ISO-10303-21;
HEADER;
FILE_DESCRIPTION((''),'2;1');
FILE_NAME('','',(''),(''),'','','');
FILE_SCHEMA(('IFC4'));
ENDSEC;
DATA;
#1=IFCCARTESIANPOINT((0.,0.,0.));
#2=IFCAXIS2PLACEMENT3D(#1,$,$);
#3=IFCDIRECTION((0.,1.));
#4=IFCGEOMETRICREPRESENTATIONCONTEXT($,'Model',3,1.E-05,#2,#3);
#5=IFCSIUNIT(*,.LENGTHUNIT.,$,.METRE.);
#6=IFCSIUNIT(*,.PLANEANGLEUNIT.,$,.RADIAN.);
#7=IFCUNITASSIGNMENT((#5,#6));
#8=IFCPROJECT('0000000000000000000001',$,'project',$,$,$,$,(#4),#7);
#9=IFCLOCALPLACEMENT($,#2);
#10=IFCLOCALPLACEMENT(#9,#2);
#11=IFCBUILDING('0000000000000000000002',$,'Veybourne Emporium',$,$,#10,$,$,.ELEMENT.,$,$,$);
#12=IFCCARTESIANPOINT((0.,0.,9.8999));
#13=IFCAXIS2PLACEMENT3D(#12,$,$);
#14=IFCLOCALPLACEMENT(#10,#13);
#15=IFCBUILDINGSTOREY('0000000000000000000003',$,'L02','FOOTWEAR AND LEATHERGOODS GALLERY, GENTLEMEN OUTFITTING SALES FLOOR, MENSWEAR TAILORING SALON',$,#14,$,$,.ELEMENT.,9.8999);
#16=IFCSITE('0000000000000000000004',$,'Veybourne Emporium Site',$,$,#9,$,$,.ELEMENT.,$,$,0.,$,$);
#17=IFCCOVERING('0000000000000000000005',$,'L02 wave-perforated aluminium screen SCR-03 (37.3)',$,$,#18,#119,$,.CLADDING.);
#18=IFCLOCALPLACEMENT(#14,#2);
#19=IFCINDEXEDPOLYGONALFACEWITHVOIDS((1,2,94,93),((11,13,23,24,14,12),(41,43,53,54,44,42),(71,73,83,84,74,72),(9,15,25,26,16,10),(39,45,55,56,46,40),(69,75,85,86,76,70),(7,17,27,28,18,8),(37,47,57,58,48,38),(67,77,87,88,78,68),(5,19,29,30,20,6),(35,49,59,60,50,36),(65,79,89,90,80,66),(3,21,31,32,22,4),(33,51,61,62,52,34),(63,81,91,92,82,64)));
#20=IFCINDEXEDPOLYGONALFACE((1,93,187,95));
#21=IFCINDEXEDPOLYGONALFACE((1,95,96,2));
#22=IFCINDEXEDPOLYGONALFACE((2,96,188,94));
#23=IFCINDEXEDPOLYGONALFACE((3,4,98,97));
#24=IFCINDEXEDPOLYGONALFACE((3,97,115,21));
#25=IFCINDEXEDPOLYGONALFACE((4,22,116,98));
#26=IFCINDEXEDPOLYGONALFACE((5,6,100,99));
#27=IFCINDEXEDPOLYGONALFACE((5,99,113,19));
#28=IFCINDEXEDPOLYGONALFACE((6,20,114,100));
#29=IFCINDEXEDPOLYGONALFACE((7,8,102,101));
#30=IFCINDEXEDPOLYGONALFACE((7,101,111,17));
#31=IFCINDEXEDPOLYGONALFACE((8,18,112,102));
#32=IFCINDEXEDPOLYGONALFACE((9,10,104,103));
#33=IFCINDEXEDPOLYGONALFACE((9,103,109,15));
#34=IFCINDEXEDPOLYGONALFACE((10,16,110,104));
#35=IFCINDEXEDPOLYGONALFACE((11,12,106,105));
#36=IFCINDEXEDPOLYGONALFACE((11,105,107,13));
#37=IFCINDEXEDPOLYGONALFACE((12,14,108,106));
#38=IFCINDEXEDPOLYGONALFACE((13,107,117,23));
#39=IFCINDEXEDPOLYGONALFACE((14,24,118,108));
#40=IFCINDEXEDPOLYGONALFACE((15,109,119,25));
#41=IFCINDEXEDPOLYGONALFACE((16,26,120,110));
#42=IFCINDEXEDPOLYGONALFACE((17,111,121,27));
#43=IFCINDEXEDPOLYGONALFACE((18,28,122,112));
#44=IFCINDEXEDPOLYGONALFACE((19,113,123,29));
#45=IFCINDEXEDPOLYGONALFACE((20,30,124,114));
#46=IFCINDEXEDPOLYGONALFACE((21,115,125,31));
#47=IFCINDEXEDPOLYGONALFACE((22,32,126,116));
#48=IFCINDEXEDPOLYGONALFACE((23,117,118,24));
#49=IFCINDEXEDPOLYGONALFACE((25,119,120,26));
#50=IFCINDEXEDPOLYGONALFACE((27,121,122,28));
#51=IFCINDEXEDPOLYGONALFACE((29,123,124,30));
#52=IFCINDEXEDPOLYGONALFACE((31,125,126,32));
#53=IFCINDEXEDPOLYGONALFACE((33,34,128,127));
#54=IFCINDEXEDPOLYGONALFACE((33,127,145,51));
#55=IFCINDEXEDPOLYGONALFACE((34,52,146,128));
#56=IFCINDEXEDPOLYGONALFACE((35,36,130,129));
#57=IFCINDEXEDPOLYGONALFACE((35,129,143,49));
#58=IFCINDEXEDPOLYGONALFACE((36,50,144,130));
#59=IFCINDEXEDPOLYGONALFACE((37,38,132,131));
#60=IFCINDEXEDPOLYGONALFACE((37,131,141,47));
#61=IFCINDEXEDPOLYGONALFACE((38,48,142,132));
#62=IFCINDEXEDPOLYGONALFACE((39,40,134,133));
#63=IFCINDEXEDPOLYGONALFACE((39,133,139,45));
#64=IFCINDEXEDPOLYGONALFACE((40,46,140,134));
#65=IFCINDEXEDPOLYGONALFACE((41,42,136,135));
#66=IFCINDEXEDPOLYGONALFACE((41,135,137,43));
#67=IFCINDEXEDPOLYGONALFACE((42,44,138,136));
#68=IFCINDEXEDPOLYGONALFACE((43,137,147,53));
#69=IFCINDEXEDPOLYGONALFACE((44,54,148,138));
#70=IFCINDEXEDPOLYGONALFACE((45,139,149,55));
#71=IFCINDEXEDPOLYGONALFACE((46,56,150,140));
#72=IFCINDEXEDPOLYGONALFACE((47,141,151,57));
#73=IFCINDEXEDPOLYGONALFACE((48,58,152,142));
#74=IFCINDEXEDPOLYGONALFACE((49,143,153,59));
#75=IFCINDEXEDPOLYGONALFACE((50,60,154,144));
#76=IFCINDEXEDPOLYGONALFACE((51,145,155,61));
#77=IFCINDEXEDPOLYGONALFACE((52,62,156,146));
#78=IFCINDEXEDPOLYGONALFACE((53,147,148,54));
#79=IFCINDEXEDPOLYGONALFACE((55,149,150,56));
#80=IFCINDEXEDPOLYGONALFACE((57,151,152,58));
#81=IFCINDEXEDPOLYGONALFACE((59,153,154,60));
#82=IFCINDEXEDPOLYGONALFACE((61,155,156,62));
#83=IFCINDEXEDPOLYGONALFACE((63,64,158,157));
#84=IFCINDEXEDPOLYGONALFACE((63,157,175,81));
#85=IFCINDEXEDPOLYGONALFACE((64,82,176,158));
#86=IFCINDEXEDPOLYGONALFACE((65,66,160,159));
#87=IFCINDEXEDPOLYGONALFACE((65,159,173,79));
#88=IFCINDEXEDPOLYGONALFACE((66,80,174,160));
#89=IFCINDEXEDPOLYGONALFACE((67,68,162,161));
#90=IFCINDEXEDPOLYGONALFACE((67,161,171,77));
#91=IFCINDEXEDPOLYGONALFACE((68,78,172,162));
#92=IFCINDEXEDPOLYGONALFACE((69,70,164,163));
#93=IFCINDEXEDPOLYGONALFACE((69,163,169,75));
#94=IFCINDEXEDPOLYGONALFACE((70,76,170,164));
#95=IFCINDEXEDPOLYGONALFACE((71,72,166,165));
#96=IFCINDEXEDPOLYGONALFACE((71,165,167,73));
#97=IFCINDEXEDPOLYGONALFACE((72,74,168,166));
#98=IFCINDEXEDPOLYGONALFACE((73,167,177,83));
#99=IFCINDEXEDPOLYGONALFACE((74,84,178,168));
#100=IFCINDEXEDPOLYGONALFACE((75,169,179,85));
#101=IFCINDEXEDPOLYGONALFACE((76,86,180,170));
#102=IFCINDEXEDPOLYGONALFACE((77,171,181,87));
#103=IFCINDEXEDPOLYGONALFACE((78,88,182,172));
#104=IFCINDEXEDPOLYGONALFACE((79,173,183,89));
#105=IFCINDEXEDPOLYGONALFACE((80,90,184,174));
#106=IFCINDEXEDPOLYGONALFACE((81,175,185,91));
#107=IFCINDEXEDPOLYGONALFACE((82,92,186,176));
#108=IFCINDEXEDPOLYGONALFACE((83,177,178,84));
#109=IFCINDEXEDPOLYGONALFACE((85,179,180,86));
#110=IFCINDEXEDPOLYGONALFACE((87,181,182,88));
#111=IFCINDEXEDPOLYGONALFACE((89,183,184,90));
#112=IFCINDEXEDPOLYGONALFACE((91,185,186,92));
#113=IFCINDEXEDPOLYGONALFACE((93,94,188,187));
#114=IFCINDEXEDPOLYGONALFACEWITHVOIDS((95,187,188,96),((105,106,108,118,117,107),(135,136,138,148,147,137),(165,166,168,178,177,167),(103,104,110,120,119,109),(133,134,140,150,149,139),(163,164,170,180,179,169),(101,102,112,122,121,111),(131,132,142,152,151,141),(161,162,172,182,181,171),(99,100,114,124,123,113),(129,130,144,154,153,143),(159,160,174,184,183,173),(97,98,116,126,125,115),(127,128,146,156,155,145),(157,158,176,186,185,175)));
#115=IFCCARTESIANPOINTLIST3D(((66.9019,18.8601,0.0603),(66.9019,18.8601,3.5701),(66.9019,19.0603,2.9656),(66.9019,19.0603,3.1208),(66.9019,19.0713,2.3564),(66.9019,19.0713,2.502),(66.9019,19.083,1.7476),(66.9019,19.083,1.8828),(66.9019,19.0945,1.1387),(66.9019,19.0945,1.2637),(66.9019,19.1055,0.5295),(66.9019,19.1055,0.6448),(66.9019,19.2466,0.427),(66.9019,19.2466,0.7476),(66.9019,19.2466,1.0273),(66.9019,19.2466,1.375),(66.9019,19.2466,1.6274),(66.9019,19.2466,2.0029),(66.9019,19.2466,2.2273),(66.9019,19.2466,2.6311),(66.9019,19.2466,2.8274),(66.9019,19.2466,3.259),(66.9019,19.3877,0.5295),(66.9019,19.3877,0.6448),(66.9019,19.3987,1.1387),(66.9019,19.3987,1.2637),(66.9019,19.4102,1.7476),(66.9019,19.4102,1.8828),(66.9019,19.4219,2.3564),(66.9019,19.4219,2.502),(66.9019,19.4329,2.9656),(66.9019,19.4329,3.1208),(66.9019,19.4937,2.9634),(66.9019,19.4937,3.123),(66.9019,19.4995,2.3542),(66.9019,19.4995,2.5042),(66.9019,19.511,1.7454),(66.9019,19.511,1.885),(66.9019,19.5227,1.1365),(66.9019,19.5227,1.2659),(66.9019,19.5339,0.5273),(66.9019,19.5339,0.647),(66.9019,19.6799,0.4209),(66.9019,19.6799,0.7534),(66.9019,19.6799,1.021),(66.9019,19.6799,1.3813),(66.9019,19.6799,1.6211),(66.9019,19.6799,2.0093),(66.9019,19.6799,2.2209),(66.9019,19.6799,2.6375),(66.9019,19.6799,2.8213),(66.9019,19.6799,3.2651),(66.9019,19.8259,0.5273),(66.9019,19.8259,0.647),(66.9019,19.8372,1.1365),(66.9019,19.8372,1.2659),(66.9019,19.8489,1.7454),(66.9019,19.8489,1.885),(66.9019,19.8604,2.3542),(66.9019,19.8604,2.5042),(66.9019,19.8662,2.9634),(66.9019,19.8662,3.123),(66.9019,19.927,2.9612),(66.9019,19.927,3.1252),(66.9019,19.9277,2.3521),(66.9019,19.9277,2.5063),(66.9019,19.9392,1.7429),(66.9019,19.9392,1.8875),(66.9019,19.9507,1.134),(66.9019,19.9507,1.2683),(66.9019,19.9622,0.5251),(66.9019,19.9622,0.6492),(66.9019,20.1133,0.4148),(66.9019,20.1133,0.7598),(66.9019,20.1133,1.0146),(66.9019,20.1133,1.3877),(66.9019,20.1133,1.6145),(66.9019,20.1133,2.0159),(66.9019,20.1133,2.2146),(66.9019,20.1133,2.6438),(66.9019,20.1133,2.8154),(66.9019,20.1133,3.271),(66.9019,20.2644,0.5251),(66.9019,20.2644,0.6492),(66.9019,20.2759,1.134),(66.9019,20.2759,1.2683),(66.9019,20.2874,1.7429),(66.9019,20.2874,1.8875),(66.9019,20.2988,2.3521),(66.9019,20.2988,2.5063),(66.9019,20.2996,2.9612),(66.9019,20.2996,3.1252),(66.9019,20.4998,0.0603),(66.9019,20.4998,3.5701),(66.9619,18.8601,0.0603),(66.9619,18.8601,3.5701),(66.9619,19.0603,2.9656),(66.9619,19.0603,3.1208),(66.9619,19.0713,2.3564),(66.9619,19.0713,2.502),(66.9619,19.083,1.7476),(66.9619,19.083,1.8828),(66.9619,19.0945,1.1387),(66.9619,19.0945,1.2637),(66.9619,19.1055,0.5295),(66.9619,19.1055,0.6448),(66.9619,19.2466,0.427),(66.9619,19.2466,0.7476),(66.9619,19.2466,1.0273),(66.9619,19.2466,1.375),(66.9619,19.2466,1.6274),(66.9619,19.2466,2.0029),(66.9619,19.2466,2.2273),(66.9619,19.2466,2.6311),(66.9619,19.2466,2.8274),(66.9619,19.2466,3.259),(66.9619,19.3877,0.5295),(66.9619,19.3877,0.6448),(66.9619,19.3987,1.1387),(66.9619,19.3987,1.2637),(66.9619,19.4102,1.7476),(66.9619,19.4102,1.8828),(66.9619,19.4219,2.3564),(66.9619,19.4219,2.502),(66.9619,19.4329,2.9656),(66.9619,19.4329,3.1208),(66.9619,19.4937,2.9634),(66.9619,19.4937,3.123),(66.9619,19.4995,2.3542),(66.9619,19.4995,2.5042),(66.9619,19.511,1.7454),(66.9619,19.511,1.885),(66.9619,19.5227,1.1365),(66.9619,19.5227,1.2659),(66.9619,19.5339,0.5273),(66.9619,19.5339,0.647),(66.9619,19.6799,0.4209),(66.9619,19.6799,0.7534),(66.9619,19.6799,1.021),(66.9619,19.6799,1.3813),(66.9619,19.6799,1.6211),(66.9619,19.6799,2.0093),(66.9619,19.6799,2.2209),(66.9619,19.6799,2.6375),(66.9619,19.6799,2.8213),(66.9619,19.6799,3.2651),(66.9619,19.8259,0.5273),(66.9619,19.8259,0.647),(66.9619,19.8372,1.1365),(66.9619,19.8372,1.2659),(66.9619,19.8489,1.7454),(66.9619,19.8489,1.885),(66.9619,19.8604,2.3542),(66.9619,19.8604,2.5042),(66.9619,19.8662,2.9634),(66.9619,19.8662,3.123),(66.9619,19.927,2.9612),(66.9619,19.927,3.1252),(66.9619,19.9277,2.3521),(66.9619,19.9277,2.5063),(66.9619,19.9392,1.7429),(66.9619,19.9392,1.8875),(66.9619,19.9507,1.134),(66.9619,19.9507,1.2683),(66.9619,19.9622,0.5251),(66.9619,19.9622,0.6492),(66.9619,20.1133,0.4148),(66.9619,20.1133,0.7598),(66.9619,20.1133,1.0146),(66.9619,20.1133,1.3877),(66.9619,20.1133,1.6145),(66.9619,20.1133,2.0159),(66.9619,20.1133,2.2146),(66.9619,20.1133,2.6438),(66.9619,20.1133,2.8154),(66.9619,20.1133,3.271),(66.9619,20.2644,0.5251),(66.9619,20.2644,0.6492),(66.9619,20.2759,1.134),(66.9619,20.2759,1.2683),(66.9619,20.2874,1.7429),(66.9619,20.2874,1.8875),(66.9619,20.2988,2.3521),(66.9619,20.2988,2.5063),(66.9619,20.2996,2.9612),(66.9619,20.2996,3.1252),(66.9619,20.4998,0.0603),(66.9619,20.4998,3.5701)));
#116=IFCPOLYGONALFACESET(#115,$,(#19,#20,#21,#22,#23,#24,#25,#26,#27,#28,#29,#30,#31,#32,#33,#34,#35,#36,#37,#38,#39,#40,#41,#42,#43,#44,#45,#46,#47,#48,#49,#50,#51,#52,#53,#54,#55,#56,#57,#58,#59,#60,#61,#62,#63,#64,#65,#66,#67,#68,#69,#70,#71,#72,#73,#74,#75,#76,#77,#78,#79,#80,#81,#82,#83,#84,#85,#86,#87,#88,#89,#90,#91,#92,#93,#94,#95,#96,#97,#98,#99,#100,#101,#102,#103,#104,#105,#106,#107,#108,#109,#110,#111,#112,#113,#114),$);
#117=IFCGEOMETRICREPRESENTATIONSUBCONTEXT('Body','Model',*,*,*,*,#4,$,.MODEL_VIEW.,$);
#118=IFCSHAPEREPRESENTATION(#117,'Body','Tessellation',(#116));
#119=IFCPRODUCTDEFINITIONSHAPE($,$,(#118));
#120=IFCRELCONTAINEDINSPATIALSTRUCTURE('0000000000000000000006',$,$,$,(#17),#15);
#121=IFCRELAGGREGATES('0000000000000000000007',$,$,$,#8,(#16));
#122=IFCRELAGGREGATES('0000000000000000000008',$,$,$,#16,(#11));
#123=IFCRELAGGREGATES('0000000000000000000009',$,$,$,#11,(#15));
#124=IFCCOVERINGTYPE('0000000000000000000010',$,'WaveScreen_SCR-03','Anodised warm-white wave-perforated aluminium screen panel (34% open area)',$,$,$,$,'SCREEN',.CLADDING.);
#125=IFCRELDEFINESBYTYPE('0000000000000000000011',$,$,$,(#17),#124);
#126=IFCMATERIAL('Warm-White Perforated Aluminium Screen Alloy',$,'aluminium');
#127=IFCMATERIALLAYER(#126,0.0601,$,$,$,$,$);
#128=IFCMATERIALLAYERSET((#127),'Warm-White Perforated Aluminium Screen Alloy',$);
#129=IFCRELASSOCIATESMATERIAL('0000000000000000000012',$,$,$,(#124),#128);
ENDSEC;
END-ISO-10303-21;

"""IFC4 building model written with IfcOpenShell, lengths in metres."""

from ifc_helpers import new_model, si_unit, direction, frame, origin, place, context, subcontext, project, spatial, polyline, outline, extrude, material, layer, layer_set, type_object, element, save


model = new_model("IFC4")

# Units and contexts
model_context = context("Model", 3, precision=1e-05, world=origin(), true_north=direction((0.0, 1.0)))
body_context = subcontext(model_context, "Body", "Model", "MODEL_VIEW")
ifc_project = project(units=[si_unit("LENGTHUNIT", "METRE"), si_unit("PLANEANGLEUNIT", "RADIAN")], contexts=[model_context])

# Site, building, storey
site_placement = place(None, origin())
site = spatial("IfcSite", under=ifc_project, at=site_placement, Name="Veybourne Emporium Site", CompositionType="ELEMENT", RefElevation=0.0)
building_placement = place(site_placement, origin())
building = spatial("IfcBuilding", under=site, at=building_placement, Name="Veybourne Emporium", CompositionType="ELEMENT")
storey_placement = place(building_placement, frame((0.0, 0.0, 9.8999)))
storey = spatial("IfcBuildingStorey", under=building, at=storey_placement, Name="L02", Description="FOOTWEAR AND LEATHERGOODS GALLERY, GENTLEMEN OUTFITTING SALES FLOOR, MENSWEAR TAILORING SALON", CompositionType="ELEMENT", Elevation=9.8999)

# Covering
ifc_material_1 = material(Name="Warm-White Perforated Aluminium Screen Alloy", Category="aluminium")
ifc_layer_1 = layer(ifc_material_1, 0.0601)
ifc_layer_set_1 = layer_set([ifc_layer_1], Name="Warm-White Perforated Aluminium Screen Alloy")
covering_type_1 = type_object("IfcCoveringType", Name="WaveScreen_SCR-03", Description="Anodised warm-white wave-perforated aluminium screen panel (34% open area)", ElementType="SCREEN", PredefinedType="CLADDING", material=ifc_layer_set_1)
covering_1_placement = place(storey_placement, frame((66.9019, 19.6799, 1.8152), z_axis=(1.0, 0.0, 0.0), x_axis=(0.0, 1.0, 0.0)))
element("IfcCovering", 1, at=covering_1_placement, inside=storey, type_object=covering_type_1, Name="L02 wave-perforated aluminium screen SCR-03 (37.3)", PredefinedType="CLADDING", context=body_context, shape_type="SweptSolid", body=[
    extrude(outline(polyline([(-0.8198, -1.7549), (0.8198, -1.7549), (0.8198, 1.7549), (-0.8198, 1.7549), (-0.8198, -1.7549)]), holes=[polyline([(-0.4333, -1.0676), (-0.2922, -1.1704), (-0.2922, -1.2856), (-0.4333, -1.3882), (-0.5745, -1.2856), (-0.5745, -1.1704), (-0.4333, -1.0676)]), polyline([(-0.4333, -0.4402), (-0.2812, -0.5515), (-0.2812, -0.6765), (-0.4333, -0.7878), (-0.5854, -0.6765), (-0.5854, -0.5515), (-0.4333, -0.4402)]), polyline([(-0.4333, 0.1877), (-0.2698, 0.0676), (-0.2698, -0.0676), (-0.4333, -0.1877), (-0.5969, -0.0676), (-0.5969, 0.0676), (-0.4333, 0.1877)]), polyline([(-0.4333, 0.8159), (-0.2581, 0.6868), (-0.2581, 0.5413), (-0.4333, 0.4121), (-0.6086, 0.5413), (-0.6086, 0.6868), (-0.4333, 0.8159)]), polyline([(-0.4333, 1.4438), (-0.2471, 1.3057), (-0.2471, 1.1504), (-0.4333, 1.0122), (-0.6196, 1.1504), (-0.6196, 1.3057), (-0.4333, 1.4438)]), polyline([(0.0, -1.0618), (0.146, -1.1682), (0.146, -1.2878), (0.0, -1.3943), (-0.146, -1.2878), (-0.146, -1.1682), (0.0, -1.0618)]), polyline([(0.0, -0.4338), (0.1572, -0.5493), (0.1572, -0.6787), (0.0, -0.7942), (-0.1572, -0.6787), (-0.1572, -0.5493), (0.0, -0.4338)]), polyline([(0.0, 0.1941), (0.1689, 0.0698), (0.1689, -0.0698), (0.0, -0.1941), (-0.1689, -0.0698), (-0.1689, 0.0698), (0.0, 0.1941)]), polyline([(0.0, 0.8223), (0.1804, 0.689), (0.1804, 0.5391), (0.0, 0.4058), (-0.1804, 0.5391), (-0.1804, 0.689), (0.0, 0.8223)]), polyline([(0.0, 1.45), (0.1863, 1.3079), (0.1863, 1.1482), (0.0, 1.0061), (-0.1863, 1.1482), (-0.1863, 1.3079), (0.0, 1.45)]), polyline([(0.4333, -1.0554), (0.5845, -1.166), (0.5845, -1.29), (0.4333, -1.4004), (0.2822, -1.29), (0.2822, -1.166), (0.4333, -1.0554)]), polyline([(0.4333, -0.4275), (0.5959, -0.5469), (0.5959, -0.6812), (0.4333, -0.8005), (0.2708, -0.6812), (0.2708, -0.5469), (0.4333, -0.4275)]), polyline([(0.4333, 0.2007), (0.6074, 0.0723), (0.6074, -0.0723), (0.4333, -0.2007), (0.2593, -0.0723), (0.2593, 0.0723), (0.4333, 0.2007)]), polyline([(0.4333, 0.8286), (0.6189, 0.6912), (0.6189, 0.5369), (0.4333, 0.3994), (0.2478, 0.5369), (0.2478, 0.6912), (0.4333, 0.8286)]), polyline([(0.4333, 1.4558), (0.6196, 1.3101), (0.6196, 1.146), (0.4333, 1.0002), (0.2471, 1.146), (0.2471, 1.3101), (0.4333, 1.4558)])]), origin(), (0.0, 0.0, 1.0), 0.0601),
])

save(model, "model.ifc")
